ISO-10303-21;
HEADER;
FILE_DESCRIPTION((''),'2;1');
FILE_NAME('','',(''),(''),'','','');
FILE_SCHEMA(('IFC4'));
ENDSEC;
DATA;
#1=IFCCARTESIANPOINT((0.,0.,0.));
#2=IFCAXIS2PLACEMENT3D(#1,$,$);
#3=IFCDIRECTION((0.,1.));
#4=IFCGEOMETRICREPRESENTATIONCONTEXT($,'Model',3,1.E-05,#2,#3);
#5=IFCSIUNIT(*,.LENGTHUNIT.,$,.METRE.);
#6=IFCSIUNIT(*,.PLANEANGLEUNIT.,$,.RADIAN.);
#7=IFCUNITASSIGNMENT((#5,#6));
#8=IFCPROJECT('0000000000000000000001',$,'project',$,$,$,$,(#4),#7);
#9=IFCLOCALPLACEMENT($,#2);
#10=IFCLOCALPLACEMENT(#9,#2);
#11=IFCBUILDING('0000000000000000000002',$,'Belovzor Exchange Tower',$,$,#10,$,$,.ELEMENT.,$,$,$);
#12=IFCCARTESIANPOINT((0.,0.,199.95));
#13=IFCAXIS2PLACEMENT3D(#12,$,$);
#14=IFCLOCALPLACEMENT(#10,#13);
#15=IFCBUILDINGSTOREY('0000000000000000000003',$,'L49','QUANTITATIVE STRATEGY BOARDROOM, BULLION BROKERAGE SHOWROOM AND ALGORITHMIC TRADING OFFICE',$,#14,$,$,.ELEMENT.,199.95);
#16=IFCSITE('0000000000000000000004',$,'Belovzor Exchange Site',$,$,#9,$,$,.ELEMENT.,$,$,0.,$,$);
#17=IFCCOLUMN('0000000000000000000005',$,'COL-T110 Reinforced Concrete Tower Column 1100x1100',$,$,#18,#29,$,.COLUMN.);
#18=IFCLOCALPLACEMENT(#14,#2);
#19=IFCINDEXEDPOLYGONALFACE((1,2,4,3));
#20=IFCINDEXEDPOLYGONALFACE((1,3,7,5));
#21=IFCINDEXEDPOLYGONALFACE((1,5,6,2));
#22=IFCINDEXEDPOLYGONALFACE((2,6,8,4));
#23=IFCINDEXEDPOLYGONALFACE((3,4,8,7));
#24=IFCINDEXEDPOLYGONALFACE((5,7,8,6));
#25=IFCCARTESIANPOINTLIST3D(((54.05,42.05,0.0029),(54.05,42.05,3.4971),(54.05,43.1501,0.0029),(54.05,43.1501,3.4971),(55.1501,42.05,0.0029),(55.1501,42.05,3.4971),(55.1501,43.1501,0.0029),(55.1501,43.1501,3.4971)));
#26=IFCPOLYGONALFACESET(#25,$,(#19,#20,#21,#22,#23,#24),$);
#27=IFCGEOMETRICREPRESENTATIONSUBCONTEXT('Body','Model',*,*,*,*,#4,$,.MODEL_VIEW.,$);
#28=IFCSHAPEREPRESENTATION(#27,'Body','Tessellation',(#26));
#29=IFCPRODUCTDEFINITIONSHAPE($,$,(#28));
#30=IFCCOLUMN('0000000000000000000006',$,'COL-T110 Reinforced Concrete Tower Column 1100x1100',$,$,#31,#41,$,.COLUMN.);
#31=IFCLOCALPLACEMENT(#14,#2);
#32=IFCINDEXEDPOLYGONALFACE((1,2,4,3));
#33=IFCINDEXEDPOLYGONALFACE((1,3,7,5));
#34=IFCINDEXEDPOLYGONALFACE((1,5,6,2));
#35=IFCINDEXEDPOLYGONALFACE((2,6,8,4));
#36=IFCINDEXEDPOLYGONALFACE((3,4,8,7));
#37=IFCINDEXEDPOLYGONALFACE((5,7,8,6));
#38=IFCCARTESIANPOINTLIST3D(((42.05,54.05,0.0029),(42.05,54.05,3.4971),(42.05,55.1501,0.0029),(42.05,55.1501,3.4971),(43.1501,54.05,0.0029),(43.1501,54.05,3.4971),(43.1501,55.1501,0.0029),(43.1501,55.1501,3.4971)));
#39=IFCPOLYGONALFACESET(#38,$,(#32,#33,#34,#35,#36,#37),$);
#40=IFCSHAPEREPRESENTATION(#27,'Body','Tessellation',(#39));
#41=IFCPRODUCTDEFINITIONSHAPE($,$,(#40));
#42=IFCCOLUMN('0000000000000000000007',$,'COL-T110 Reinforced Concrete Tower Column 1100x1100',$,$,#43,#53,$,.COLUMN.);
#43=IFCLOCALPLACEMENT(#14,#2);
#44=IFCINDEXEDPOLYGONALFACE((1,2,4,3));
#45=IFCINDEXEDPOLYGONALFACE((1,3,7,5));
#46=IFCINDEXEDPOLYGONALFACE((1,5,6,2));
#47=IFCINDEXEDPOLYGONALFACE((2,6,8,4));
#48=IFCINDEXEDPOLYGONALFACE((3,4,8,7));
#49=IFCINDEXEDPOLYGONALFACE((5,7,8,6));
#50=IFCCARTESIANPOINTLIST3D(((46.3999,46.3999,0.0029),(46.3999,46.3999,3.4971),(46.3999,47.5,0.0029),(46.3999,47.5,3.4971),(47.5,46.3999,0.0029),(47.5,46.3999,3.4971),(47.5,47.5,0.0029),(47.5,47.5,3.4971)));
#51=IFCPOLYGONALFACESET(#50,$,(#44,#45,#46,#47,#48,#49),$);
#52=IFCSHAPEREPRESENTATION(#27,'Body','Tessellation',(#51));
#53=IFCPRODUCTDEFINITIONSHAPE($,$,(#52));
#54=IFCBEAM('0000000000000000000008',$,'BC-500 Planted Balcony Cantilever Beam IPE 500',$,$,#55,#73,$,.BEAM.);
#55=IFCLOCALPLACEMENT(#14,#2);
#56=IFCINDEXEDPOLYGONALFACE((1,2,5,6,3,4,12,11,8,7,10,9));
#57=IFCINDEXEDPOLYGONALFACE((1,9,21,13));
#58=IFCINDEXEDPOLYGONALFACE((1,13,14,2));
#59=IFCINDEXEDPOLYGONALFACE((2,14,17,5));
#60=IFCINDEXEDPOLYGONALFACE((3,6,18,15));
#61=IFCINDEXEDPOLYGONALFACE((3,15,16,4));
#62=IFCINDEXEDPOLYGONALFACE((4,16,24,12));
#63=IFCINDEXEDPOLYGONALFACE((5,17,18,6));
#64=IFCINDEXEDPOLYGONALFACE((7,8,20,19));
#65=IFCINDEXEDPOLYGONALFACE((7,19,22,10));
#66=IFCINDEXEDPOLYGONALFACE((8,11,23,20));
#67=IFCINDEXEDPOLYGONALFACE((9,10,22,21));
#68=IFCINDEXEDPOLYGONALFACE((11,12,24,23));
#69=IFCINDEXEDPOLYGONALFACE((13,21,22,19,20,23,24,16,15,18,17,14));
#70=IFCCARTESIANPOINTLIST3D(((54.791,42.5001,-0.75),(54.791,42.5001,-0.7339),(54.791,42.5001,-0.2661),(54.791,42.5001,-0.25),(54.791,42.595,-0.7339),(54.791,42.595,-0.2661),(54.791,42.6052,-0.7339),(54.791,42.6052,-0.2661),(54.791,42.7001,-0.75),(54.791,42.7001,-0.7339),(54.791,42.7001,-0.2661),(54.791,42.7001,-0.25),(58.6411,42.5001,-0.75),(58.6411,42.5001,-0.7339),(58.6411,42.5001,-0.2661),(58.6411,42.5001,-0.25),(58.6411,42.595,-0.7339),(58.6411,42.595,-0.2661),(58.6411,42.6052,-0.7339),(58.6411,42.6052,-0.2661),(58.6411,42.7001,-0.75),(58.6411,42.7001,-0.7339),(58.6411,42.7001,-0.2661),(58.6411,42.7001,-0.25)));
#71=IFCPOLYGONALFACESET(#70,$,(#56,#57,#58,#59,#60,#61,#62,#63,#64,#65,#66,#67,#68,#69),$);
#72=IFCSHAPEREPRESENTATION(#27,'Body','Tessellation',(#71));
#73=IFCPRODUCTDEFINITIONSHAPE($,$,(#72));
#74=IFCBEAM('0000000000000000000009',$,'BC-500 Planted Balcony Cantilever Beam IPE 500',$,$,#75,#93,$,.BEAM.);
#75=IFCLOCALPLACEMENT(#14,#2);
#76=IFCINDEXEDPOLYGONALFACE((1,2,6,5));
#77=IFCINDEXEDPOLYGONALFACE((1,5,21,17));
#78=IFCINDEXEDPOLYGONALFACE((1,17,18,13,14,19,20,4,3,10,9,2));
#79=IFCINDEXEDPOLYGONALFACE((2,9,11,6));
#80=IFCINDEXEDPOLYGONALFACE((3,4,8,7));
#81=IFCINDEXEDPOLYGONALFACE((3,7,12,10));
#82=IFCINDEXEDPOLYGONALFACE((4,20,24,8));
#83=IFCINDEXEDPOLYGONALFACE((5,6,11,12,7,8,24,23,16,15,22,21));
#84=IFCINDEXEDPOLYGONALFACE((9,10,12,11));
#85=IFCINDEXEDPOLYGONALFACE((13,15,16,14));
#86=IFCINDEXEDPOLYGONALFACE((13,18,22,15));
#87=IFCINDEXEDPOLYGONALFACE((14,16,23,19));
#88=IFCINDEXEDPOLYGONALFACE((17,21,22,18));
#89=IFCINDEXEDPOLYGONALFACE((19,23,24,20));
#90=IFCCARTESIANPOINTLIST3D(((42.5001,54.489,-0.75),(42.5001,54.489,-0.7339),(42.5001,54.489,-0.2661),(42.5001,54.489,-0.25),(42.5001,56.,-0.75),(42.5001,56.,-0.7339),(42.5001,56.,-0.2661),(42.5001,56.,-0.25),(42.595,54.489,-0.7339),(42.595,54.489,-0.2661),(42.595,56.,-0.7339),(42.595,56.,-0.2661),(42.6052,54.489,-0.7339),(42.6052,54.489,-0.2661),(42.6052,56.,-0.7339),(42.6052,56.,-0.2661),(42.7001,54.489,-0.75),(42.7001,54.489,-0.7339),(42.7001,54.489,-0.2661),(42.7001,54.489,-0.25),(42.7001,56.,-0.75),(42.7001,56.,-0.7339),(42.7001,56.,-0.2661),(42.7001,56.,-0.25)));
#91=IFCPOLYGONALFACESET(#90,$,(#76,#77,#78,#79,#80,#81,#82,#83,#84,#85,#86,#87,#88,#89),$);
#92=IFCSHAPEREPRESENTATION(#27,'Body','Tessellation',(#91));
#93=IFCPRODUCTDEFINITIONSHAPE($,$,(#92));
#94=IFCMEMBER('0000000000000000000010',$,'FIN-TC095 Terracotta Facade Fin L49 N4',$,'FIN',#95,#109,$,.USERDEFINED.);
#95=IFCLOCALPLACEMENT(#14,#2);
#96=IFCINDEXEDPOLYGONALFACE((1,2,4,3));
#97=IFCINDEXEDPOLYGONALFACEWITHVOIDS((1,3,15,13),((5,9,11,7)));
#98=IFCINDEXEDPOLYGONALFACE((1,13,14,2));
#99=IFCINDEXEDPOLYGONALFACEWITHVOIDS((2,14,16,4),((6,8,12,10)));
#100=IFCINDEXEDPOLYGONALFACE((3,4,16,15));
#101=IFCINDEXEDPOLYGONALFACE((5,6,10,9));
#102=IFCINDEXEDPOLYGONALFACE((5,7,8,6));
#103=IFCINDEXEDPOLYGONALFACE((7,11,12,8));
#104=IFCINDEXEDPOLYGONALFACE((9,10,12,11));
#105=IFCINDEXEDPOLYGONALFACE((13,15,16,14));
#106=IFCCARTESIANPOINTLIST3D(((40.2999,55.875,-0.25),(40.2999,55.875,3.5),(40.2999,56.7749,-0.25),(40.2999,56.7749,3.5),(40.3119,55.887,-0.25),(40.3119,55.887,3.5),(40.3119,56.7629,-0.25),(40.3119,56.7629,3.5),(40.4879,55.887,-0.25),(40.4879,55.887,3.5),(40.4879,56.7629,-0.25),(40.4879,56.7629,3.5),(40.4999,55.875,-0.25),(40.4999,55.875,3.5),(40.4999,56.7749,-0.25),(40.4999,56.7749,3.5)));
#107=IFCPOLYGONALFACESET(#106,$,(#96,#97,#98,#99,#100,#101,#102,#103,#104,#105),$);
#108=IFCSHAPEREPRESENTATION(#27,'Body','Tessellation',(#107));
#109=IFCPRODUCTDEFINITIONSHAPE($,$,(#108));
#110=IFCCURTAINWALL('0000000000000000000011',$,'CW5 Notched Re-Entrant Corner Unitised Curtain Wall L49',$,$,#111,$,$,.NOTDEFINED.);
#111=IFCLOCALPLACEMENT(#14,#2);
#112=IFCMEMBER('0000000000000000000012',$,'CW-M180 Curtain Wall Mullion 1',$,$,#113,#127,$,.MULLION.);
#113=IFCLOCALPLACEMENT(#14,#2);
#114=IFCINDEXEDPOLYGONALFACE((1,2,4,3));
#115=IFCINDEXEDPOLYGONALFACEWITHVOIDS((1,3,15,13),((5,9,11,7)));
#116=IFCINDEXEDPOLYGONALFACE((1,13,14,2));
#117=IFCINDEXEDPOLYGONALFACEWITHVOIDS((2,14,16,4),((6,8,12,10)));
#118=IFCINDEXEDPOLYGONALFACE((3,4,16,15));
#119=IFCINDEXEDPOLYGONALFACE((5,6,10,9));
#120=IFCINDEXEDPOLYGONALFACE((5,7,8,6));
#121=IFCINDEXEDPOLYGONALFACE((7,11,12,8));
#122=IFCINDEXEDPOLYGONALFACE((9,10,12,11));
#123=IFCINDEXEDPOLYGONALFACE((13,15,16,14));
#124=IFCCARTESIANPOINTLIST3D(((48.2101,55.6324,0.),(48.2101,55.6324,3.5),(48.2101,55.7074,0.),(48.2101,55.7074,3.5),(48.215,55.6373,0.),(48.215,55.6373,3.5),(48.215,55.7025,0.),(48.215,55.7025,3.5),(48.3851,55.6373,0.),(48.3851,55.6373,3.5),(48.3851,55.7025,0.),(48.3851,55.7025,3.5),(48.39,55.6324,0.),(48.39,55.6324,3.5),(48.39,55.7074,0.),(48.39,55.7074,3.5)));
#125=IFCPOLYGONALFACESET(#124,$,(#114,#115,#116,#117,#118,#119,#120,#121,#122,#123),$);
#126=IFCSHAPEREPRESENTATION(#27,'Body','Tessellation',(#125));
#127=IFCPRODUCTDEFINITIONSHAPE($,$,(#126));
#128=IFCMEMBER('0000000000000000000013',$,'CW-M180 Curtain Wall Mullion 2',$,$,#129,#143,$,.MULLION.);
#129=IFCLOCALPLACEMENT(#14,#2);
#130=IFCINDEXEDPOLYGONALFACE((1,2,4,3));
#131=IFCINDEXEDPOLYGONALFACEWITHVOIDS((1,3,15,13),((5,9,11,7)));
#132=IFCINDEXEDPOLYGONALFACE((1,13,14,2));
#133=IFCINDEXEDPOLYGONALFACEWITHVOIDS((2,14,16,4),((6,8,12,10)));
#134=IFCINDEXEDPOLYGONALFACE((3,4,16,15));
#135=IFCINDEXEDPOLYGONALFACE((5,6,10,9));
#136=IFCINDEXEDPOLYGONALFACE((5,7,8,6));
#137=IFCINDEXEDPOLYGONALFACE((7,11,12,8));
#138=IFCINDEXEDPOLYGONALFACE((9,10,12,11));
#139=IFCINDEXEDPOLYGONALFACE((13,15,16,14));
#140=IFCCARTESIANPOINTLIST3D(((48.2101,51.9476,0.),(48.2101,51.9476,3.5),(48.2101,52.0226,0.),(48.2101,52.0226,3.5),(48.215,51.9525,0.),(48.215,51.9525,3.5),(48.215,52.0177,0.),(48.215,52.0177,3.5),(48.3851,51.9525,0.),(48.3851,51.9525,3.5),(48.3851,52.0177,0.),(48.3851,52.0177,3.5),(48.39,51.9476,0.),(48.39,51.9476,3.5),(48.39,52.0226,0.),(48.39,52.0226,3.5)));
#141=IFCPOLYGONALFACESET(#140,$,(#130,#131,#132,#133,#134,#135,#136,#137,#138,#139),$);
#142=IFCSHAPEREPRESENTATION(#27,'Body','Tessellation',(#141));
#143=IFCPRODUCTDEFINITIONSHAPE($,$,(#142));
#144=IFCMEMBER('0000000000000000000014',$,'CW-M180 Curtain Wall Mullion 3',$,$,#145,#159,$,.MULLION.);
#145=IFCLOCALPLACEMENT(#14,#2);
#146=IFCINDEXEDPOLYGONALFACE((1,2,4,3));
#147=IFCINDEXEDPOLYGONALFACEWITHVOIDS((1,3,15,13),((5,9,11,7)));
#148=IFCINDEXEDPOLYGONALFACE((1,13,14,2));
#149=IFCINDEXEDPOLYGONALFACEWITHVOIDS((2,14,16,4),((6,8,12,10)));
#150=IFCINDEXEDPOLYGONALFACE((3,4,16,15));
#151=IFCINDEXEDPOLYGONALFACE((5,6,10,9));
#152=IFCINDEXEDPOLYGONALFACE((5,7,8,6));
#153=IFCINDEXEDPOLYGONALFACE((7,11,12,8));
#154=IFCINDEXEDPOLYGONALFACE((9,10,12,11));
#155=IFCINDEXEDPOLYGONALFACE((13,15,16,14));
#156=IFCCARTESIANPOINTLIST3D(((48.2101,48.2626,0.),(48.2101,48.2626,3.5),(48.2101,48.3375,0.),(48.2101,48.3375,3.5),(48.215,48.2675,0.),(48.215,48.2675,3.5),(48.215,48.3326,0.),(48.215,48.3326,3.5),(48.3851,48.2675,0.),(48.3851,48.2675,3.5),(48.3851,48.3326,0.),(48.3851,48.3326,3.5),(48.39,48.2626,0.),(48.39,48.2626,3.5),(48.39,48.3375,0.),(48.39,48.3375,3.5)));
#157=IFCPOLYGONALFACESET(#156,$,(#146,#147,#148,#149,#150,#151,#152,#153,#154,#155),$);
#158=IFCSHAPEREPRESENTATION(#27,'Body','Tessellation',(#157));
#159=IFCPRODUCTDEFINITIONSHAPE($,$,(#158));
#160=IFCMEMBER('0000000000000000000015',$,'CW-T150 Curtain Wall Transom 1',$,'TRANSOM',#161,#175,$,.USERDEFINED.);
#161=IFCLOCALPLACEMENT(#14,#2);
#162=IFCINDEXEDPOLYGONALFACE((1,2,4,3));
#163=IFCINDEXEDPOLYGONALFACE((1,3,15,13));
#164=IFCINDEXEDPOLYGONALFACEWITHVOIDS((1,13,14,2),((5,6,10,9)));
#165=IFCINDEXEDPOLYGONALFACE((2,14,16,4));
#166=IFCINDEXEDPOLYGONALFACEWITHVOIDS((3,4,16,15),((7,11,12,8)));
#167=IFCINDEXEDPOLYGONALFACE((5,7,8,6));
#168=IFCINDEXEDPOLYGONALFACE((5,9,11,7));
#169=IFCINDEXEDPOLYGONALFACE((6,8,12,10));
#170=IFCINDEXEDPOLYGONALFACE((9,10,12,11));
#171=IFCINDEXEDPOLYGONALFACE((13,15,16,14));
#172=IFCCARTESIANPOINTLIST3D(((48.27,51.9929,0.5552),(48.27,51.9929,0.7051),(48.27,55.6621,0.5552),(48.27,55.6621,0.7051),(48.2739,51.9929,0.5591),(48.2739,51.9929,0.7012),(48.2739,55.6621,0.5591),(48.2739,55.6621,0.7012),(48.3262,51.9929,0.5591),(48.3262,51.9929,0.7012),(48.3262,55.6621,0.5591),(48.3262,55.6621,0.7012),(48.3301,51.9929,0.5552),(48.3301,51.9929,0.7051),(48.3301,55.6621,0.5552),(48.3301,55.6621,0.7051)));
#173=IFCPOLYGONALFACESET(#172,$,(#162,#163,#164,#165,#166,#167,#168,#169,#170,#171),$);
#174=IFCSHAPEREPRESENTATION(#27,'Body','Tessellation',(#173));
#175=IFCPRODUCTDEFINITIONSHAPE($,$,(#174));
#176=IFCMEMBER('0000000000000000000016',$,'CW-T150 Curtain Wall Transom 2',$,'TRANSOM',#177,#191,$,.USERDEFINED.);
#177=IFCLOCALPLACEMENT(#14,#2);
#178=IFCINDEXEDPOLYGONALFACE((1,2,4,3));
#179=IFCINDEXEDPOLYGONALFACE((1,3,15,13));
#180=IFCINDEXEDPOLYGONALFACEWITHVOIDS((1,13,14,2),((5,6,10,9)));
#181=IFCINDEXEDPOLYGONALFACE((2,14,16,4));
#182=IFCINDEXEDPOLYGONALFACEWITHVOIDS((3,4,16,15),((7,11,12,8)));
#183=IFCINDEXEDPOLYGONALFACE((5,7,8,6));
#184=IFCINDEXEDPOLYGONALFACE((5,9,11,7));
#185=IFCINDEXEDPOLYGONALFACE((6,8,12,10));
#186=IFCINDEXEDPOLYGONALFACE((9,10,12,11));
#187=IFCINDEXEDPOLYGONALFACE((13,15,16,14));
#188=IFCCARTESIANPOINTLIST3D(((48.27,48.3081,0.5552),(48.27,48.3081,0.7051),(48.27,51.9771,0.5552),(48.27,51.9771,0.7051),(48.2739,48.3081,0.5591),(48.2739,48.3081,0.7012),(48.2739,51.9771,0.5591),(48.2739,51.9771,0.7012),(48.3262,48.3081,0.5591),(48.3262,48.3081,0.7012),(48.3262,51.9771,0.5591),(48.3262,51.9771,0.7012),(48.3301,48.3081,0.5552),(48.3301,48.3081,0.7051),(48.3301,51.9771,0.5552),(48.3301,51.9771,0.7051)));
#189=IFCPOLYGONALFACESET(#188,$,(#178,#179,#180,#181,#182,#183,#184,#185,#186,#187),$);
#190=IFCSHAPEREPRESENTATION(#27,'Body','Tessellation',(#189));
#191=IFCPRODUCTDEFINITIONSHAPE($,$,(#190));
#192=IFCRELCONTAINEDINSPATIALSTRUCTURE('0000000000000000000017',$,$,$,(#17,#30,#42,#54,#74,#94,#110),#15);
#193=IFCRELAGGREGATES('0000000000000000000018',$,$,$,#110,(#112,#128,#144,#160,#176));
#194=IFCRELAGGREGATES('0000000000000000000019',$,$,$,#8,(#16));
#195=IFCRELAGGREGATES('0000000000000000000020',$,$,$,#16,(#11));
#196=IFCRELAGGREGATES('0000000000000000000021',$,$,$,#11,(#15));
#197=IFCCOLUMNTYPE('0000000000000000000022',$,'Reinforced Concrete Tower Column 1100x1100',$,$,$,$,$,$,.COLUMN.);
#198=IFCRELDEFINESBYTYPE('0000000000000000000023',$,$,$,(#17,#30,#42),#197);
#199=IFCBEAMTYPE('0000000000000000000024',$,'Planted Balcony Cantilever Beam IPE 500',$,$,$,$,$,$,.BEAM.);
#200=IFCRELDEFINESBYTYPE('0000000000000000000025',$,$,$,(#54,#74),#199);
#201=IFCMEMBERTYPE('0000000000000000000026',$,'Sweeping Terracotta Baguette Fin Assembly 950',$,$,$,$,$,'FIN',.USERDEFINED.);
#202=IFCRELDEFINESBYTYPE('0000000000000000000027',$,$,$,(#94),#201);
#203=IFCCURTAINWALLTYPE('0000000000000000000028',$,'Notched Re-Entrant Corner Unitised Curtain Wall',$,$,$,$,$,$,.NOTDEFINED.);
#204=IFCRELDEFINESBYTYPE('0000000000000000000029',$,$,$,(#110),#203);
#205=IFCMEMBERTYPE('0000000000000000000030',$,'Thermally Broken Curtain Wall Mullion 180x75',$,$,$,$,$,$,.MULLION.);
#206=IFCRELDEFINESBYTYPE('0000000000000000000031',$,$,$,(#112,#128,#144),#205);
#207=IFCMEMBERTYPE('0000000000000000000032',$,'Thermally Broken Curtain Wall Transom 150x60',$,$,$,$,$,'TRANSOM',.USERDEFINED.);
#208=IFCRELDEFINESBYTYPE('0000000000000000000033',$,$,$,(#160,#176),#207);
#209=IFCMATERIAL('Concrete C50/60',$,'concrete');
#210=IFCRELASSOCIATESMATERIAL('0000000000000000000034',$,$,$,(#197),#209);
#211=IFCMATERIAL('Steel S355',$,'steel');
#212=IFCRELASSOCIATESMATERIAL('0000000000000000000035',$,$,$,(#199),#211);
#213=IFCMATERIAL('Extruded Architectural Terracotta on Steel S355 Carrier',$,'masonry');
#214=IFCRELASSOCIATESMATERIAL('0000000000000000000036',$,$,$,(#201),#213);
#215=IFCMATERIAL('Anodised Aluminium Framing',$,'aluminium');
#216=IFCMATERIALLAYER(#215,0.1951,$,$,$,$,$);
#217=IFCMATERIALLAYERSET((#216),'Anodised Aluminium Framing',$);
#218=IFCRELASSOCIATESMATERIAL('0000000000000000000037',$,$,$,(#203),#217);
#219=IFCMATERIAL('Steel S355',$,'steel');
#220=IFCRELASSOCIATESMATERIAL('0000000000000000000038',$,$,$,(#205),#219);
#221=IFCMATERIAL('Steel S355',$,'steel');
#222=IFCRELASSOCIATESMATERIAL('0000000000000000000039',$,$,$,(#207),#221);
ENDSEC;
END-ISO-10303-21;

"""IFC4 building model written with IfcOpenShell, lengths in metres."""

from ifc_helpers import new_model, si_unit, direction, frame, origin, origin_2d, place, context, subcontext, project, spatial, rectangle, hollow_rectangle, i_section, extrude, material, layer, layer_set, material_profile, profile_set, type_object, element, aggregate, save


model = new_model("IFC4")

# Units and contexts
model_context = context("Model", 3, precision=1e-05, world=origin(), true_north=direction((0.0, 1.0)))
body_context = subcontext(model_context, "Body", "Model", "MODEL_VIEW")
ifc_project = project(units=[si_unit("LENGTHUNIT", "METRE"), si_unit("PLANEANGLEUNIT", "RADIAN")], contexts=[model_context])

# Site, building, storey
site_placement = place(None, origin())
site = spatial("IfcSite", under=ifc_project, at=site_placement, Name="Belovzor Exchange Site", CompositionType="ELEMENT", RefElevation=0.0)
building_placement = place(site_placement, origin())
building = spatial("IfcBuilding", under=site, at=building_placement, Name="Belovzor Exchange Tower", CompositionType="ELEMENT")
storey_placement = place(building_placement, frame((0.0, 0.0, 199.95)))
storey = spatial("IfcBuildingStorey", under=building, at=storey_placement, Name="L49", Description="QUANTITATIVE STRATEGY BOARDROOM, BULLION BROKERAGE SHOWROOM AND ALGORITHMIC TRADING OFFICE", CompositionType="ELEMENT", Elevation=199.95)

# Columns
ifc_material_1 = material(Name="Concrete C50/60", Category="concrete")
ifc_material_profile_1 = material_profile(ifc_material_1, rectangle(XDim=1.1001, YDim=1.1001, at=origin_2d()))
ifc_profile_set_1 = profile_set([ifc_material_profile_1], Name="Concrete C50/60")
column_type = type_object("IfcColumnType", Name="Reinforced Concrete Tower Column 1100x1100", PredefinedType="COLUMN", material=ifc_profile_set_1)
for number, where, z_axis, x_axis, name in (
    (1, (54.6001, 42.6001, 0.0029), (0.0, 0.0, 1.0), (1.0, 0.0, 0.0), "COL-T110 Reinforced Concrete Tower Column 1100x1100"),
    (2, (42.6001, 54.6001, 0.0029), (0.0, 0.0, 1.0), (1.0, 0.0, 0.0), "COL-T110 Reinforced Concrete Tower Column 1100x1100"),
    (3, (46.95, 46.95, 0.0029), (0.0, 0.0, 1.0), (1.0, 0.0, 0.0), "COL-T110 Reinforced Concrete Tower Column 1100x1100"),
):
    element("IfcColumn", number, at=place(storey_placement, frame(where, z_axis=z_axis, x_axis=x_axis)), inside=storey, type_object=column_type, Name=name, PredefinedType="COLUMN", context=body_context, shape_type="SweptSolid", body=[
        extrude(rectangle(XDim=1.1001, YDim=1.1001, at=origin_2d()), origin(), (0.0, 0.0, 1.0), 3.4941),
    ])

# Beams
ifc_material_2 = material(Name="Steel S355", Category="steel")
ifc_material_profile_2 = material_profile(ifc_material_2, i_section(OverallWidth=0.2, OverallDepth=0.5, WebThickness=0.0103, FlangeThickness=0.0161, at=origin_2d()))
ifc_profile_set_2 = profile_set([ifc_material_profile_2], Name="Steel S355")
beam_type_1 = type_object("IfcBeamType", Name="Planted Balcony Cantilever Beam IPE 500", PredefinedType="BEAM", material=ifc_profile_set_2)
beam_1_placement = place(storey_placement, frame((54.791, 42.6001, -0.5), z_axis=(1.0, 0.0, 0.0), x_axis=(0.0, 1.0, 0.0)))
element("IfcBeam", 4, at=beam_1_placement, inside=storey, type_object=beam_type_1, Name="BC-500 Planted Balcony Cantilever Beam IPE 500", PredefinedType="BEAM", context=body_context, shape_type="SweptSolid", body=[
    extrude(i_section(OverallWidth=0.2, OverallDepth=0.5, WebThickness=0.0103, FlangeThickness=0.0161, at=origin_2d()), origin(), (0.0, 0.0, 1.0), 3.8501),
])
beam_2_placement = place(storey_placement, frame((42.6001, 54.489, -0.5), z_axis=(0.0, 1.0, 0.0), x_axis=(-1.0, 0.0, 0.0)))
element("IfcBeam", 5, at=beam_2_placement, inside=storey, type_object=beam_type_1, Name="BC-500 Planted Balcony Cantilever Beam IPE 500", PredefinedType="BEAM", context=body_context, shape_type="SweptSolid", body=[
    extrude(i_section(OverallWidth=0.2, OverallDepth=0.5, WebThickness=0.0103, FlangeThickness=0.0161, at=origin_2d()), origin(), (0.0, 0.0, 1.0), 1.511),
])

# Member
ifc_material_3 = material(Name="Extruded Architectural Terracotta on Steel S355 Carrier", Category="masonry")
ifc_material_profile_3 = material_profile(ifc_material_3, hollow_rectangle(XDim=0.2, YDim=0.8999, WallThickness=0.012, at=origin_2d()))
ifc_profile_set_3 = profile_set([ifc_material_profile_3], Name="Extruded Architectural Terracotta on Steel S355 Carrier")
member_type_1 = type_object("IfcMemberType", Name="Sweeping Terracotta Baguette Fin Assembly 950", ElementType="FIN", PredefinedType="USERDEFINED", material=ifc_profile_set_3)
member_1_placement = place(storey_placement, frame((40.3999, 56.325, -0.25), z_axis=(0.0, 0.0, 1.0), x_axis=(1.0, 0.0, 0.0)))
element("IfcMember", 6, at=member_1_placement, inside=storey, type_object=member_type_1, Name="FIN-TC095 Terracotta Facade Fin L49 N4", ObjectType="FIN", PredefinedType="USERDEFINED", context=body_context, shape_type="SweptSolid", body=[
    extrude(hollow_rectangle(XDim=0.2, YDim=0.8999, WallThickness=0.012, at=origin_2d()), origin(), (0.0, 0.0, 1.0), 3.75),
])

# Curtain wall, members
ifc_material_4 = material(Name="Anodised Aluminium Framing", Category="aluminium")
ifc_layer_1 = layer(ifc_material_4, 0.1951)
ifc_layer_set_1 = layer_set([ifc_layer_1], Name="Anodised Aluminium Framing")
curtain_wall_type = type_object("IfcCurtainWallType", Name="Notched Re-Entrant Corner Unitised Curtain Wall", PredefinedType="NOTDEFINED", material=ifc_layer_set_1)
curtain_wall_placement = place(storey_placement, origin())
curtain_wall = element("IfcCurtainWall", 7, at=curtain_wall_placement, inside=storey, type_object=curtain_wall_type, Name="CW5 Notched Re-Entrant Corner Unitised Curtain Wall L49", PredefinedType="NOTDEFINED")
ifc_material_5 = material(Name="Steel S355", Category="steel")
ifc_material_profile_4 = material_profile(ifc_material_5, hollow_rectangle(XDim=0.075, YDim=0.1799, WallThickness=0.0049, at=origin_2d()))
ifc_profile_set_4 = profile_set([ifc_material_profile_4], Name="Steel S355")
member_type_2 = type_object("IfcMemberType", Name="Thermally Broken Curtain Wall Mullion 180x75", PredefinedType="MULLION", material=ifc_profile_set_4)
member_2_placement = place(storey_placement, frame((48.3, 55.6699, 0.0), z_axis=(0.0, 0.0, 1.0), x_axis=(0.0, -1.0, 0.0)))
member_2 = element("IfcMember", 8, at=member_2_placement, type_object=member_type_2, Name="CW-M180 Curtain Wall Mullion 1", PredefinedType="MULLION", context=body_context, shape_type="SweptSolid", body=[
    extrude(hollow_rectangle(XDim=0.075, YDim=0.1799, WallThickness=0.0049, at=origin_2d()), origin(), (0.0, 0.0, 1.0), 3.5),
])
member_3_placement = place(storey_placement, frame((48.3, 51.9851, 0.0), z_axis=(0.0, 0.0, 1.0), x_axis=(0.0, -1.0, 0.0)))
member_3 = element("IfcMember", 9, at=member_3_placement, type_object=member_type_2, Name="CW-M180 Curtain Wall Mullion 2", PredefinedType="MULLION", context=body_context, shape_type="SweptSolid", body=[
    extrude(hollow_rectangle(XDim=0.075, YDim=0.1799, WallThickness=0.0049, at=origin_2d()), origin(), (0.0, 0.0, 1.0), 3.5),
])
member_4_placement = place(storey_placement, frame((48.3, 48.3, 0.0), z_axis=(0.0, 0.0, 1.0), x_axis=(0.0, -1.0, 0.0)))
member_4 = element("IfcMember", 10, at=member_4_placement, type_object=member_type_2, Name="CW-M180 Curtain Wall Mullion 3", PredefinedType="MULLION", context=body_context, shape_type="SweptSolid", body=[
    extrude(hollow_rectangle(XDim=0.075, YDim=0.1799, WallThickness=0.0049, at=origin_2d()), origin(), (0.0, 0.0, 1.0), 3.5),
])
ifc_material_6 = material(Name="Steel S355", Category="steel")
ifc_material_profile_5 = material_profile(ifc_material_6, hollow_rectangle(XDim=0.0601, YDim=0.1499, WallThickness=0.0039, at=origin_2d()))
ifc_profile_set_5 = profile_set([ifc_material_profile_5], Name="Steel S355")
member_type_3 = type_object("IfcMemberType", Name="Thermally Broken Curtain Wall Transom 150x60", ElementType="TRANSOM", PredefinedType="USERDEFINED", material=ifc_profile_set_5)
member_5_placement = place(storey_placement, frame((48.3, 55.6621, 0.6301), z_axis=(0.0, -1.0, 0.0), x_axis=(1.0, 0.0, 0.0)))
member_5 = element("IfcMember", 11, at=member_5_placement, type_object=member_type_3, Name="CW-T150 Curtain Wall Transom 1", ObjectType="TRANSOM", PredefinedType="USERDEFINED", context=body_context, shape_type="SweptSolid", body=[
    extrude(hollow_rectangle(XDim=0.0601, YDim=0.1499, WallThickness=0.0039, at=origin_2d()), origin(), (0.0, 0.0, 1.0), 3.6692),
])
member_6_placement = place(storey_placement, frame((48.3, 51.9771, 0.6301), z_axis=(0.0, -1.0, 0.0), x_axis=(1.0, 0.0, 0.0)))
member_6 = element("IfcMember", 12, at=member_6_placement, type_object=member_type_3, Name="CW-T150 Curtain Wall Transom 2", ObjectType="TRANSOM", PredefinedType="USERDEFINED", context=body_context, shape_type="SweptSolid", body=[
    extrude(hollow_rectangle(XDim=0.0601, YDim=0.1499, WallThickness=0.0039, at=origin_2d()), origin(), (0.0, 0.0, 1.0), 3.6689),
])

aggregate(curtain_wall, [member_2, member_3, member_4, member_5, member_6])

save(model, "model.ifc")
